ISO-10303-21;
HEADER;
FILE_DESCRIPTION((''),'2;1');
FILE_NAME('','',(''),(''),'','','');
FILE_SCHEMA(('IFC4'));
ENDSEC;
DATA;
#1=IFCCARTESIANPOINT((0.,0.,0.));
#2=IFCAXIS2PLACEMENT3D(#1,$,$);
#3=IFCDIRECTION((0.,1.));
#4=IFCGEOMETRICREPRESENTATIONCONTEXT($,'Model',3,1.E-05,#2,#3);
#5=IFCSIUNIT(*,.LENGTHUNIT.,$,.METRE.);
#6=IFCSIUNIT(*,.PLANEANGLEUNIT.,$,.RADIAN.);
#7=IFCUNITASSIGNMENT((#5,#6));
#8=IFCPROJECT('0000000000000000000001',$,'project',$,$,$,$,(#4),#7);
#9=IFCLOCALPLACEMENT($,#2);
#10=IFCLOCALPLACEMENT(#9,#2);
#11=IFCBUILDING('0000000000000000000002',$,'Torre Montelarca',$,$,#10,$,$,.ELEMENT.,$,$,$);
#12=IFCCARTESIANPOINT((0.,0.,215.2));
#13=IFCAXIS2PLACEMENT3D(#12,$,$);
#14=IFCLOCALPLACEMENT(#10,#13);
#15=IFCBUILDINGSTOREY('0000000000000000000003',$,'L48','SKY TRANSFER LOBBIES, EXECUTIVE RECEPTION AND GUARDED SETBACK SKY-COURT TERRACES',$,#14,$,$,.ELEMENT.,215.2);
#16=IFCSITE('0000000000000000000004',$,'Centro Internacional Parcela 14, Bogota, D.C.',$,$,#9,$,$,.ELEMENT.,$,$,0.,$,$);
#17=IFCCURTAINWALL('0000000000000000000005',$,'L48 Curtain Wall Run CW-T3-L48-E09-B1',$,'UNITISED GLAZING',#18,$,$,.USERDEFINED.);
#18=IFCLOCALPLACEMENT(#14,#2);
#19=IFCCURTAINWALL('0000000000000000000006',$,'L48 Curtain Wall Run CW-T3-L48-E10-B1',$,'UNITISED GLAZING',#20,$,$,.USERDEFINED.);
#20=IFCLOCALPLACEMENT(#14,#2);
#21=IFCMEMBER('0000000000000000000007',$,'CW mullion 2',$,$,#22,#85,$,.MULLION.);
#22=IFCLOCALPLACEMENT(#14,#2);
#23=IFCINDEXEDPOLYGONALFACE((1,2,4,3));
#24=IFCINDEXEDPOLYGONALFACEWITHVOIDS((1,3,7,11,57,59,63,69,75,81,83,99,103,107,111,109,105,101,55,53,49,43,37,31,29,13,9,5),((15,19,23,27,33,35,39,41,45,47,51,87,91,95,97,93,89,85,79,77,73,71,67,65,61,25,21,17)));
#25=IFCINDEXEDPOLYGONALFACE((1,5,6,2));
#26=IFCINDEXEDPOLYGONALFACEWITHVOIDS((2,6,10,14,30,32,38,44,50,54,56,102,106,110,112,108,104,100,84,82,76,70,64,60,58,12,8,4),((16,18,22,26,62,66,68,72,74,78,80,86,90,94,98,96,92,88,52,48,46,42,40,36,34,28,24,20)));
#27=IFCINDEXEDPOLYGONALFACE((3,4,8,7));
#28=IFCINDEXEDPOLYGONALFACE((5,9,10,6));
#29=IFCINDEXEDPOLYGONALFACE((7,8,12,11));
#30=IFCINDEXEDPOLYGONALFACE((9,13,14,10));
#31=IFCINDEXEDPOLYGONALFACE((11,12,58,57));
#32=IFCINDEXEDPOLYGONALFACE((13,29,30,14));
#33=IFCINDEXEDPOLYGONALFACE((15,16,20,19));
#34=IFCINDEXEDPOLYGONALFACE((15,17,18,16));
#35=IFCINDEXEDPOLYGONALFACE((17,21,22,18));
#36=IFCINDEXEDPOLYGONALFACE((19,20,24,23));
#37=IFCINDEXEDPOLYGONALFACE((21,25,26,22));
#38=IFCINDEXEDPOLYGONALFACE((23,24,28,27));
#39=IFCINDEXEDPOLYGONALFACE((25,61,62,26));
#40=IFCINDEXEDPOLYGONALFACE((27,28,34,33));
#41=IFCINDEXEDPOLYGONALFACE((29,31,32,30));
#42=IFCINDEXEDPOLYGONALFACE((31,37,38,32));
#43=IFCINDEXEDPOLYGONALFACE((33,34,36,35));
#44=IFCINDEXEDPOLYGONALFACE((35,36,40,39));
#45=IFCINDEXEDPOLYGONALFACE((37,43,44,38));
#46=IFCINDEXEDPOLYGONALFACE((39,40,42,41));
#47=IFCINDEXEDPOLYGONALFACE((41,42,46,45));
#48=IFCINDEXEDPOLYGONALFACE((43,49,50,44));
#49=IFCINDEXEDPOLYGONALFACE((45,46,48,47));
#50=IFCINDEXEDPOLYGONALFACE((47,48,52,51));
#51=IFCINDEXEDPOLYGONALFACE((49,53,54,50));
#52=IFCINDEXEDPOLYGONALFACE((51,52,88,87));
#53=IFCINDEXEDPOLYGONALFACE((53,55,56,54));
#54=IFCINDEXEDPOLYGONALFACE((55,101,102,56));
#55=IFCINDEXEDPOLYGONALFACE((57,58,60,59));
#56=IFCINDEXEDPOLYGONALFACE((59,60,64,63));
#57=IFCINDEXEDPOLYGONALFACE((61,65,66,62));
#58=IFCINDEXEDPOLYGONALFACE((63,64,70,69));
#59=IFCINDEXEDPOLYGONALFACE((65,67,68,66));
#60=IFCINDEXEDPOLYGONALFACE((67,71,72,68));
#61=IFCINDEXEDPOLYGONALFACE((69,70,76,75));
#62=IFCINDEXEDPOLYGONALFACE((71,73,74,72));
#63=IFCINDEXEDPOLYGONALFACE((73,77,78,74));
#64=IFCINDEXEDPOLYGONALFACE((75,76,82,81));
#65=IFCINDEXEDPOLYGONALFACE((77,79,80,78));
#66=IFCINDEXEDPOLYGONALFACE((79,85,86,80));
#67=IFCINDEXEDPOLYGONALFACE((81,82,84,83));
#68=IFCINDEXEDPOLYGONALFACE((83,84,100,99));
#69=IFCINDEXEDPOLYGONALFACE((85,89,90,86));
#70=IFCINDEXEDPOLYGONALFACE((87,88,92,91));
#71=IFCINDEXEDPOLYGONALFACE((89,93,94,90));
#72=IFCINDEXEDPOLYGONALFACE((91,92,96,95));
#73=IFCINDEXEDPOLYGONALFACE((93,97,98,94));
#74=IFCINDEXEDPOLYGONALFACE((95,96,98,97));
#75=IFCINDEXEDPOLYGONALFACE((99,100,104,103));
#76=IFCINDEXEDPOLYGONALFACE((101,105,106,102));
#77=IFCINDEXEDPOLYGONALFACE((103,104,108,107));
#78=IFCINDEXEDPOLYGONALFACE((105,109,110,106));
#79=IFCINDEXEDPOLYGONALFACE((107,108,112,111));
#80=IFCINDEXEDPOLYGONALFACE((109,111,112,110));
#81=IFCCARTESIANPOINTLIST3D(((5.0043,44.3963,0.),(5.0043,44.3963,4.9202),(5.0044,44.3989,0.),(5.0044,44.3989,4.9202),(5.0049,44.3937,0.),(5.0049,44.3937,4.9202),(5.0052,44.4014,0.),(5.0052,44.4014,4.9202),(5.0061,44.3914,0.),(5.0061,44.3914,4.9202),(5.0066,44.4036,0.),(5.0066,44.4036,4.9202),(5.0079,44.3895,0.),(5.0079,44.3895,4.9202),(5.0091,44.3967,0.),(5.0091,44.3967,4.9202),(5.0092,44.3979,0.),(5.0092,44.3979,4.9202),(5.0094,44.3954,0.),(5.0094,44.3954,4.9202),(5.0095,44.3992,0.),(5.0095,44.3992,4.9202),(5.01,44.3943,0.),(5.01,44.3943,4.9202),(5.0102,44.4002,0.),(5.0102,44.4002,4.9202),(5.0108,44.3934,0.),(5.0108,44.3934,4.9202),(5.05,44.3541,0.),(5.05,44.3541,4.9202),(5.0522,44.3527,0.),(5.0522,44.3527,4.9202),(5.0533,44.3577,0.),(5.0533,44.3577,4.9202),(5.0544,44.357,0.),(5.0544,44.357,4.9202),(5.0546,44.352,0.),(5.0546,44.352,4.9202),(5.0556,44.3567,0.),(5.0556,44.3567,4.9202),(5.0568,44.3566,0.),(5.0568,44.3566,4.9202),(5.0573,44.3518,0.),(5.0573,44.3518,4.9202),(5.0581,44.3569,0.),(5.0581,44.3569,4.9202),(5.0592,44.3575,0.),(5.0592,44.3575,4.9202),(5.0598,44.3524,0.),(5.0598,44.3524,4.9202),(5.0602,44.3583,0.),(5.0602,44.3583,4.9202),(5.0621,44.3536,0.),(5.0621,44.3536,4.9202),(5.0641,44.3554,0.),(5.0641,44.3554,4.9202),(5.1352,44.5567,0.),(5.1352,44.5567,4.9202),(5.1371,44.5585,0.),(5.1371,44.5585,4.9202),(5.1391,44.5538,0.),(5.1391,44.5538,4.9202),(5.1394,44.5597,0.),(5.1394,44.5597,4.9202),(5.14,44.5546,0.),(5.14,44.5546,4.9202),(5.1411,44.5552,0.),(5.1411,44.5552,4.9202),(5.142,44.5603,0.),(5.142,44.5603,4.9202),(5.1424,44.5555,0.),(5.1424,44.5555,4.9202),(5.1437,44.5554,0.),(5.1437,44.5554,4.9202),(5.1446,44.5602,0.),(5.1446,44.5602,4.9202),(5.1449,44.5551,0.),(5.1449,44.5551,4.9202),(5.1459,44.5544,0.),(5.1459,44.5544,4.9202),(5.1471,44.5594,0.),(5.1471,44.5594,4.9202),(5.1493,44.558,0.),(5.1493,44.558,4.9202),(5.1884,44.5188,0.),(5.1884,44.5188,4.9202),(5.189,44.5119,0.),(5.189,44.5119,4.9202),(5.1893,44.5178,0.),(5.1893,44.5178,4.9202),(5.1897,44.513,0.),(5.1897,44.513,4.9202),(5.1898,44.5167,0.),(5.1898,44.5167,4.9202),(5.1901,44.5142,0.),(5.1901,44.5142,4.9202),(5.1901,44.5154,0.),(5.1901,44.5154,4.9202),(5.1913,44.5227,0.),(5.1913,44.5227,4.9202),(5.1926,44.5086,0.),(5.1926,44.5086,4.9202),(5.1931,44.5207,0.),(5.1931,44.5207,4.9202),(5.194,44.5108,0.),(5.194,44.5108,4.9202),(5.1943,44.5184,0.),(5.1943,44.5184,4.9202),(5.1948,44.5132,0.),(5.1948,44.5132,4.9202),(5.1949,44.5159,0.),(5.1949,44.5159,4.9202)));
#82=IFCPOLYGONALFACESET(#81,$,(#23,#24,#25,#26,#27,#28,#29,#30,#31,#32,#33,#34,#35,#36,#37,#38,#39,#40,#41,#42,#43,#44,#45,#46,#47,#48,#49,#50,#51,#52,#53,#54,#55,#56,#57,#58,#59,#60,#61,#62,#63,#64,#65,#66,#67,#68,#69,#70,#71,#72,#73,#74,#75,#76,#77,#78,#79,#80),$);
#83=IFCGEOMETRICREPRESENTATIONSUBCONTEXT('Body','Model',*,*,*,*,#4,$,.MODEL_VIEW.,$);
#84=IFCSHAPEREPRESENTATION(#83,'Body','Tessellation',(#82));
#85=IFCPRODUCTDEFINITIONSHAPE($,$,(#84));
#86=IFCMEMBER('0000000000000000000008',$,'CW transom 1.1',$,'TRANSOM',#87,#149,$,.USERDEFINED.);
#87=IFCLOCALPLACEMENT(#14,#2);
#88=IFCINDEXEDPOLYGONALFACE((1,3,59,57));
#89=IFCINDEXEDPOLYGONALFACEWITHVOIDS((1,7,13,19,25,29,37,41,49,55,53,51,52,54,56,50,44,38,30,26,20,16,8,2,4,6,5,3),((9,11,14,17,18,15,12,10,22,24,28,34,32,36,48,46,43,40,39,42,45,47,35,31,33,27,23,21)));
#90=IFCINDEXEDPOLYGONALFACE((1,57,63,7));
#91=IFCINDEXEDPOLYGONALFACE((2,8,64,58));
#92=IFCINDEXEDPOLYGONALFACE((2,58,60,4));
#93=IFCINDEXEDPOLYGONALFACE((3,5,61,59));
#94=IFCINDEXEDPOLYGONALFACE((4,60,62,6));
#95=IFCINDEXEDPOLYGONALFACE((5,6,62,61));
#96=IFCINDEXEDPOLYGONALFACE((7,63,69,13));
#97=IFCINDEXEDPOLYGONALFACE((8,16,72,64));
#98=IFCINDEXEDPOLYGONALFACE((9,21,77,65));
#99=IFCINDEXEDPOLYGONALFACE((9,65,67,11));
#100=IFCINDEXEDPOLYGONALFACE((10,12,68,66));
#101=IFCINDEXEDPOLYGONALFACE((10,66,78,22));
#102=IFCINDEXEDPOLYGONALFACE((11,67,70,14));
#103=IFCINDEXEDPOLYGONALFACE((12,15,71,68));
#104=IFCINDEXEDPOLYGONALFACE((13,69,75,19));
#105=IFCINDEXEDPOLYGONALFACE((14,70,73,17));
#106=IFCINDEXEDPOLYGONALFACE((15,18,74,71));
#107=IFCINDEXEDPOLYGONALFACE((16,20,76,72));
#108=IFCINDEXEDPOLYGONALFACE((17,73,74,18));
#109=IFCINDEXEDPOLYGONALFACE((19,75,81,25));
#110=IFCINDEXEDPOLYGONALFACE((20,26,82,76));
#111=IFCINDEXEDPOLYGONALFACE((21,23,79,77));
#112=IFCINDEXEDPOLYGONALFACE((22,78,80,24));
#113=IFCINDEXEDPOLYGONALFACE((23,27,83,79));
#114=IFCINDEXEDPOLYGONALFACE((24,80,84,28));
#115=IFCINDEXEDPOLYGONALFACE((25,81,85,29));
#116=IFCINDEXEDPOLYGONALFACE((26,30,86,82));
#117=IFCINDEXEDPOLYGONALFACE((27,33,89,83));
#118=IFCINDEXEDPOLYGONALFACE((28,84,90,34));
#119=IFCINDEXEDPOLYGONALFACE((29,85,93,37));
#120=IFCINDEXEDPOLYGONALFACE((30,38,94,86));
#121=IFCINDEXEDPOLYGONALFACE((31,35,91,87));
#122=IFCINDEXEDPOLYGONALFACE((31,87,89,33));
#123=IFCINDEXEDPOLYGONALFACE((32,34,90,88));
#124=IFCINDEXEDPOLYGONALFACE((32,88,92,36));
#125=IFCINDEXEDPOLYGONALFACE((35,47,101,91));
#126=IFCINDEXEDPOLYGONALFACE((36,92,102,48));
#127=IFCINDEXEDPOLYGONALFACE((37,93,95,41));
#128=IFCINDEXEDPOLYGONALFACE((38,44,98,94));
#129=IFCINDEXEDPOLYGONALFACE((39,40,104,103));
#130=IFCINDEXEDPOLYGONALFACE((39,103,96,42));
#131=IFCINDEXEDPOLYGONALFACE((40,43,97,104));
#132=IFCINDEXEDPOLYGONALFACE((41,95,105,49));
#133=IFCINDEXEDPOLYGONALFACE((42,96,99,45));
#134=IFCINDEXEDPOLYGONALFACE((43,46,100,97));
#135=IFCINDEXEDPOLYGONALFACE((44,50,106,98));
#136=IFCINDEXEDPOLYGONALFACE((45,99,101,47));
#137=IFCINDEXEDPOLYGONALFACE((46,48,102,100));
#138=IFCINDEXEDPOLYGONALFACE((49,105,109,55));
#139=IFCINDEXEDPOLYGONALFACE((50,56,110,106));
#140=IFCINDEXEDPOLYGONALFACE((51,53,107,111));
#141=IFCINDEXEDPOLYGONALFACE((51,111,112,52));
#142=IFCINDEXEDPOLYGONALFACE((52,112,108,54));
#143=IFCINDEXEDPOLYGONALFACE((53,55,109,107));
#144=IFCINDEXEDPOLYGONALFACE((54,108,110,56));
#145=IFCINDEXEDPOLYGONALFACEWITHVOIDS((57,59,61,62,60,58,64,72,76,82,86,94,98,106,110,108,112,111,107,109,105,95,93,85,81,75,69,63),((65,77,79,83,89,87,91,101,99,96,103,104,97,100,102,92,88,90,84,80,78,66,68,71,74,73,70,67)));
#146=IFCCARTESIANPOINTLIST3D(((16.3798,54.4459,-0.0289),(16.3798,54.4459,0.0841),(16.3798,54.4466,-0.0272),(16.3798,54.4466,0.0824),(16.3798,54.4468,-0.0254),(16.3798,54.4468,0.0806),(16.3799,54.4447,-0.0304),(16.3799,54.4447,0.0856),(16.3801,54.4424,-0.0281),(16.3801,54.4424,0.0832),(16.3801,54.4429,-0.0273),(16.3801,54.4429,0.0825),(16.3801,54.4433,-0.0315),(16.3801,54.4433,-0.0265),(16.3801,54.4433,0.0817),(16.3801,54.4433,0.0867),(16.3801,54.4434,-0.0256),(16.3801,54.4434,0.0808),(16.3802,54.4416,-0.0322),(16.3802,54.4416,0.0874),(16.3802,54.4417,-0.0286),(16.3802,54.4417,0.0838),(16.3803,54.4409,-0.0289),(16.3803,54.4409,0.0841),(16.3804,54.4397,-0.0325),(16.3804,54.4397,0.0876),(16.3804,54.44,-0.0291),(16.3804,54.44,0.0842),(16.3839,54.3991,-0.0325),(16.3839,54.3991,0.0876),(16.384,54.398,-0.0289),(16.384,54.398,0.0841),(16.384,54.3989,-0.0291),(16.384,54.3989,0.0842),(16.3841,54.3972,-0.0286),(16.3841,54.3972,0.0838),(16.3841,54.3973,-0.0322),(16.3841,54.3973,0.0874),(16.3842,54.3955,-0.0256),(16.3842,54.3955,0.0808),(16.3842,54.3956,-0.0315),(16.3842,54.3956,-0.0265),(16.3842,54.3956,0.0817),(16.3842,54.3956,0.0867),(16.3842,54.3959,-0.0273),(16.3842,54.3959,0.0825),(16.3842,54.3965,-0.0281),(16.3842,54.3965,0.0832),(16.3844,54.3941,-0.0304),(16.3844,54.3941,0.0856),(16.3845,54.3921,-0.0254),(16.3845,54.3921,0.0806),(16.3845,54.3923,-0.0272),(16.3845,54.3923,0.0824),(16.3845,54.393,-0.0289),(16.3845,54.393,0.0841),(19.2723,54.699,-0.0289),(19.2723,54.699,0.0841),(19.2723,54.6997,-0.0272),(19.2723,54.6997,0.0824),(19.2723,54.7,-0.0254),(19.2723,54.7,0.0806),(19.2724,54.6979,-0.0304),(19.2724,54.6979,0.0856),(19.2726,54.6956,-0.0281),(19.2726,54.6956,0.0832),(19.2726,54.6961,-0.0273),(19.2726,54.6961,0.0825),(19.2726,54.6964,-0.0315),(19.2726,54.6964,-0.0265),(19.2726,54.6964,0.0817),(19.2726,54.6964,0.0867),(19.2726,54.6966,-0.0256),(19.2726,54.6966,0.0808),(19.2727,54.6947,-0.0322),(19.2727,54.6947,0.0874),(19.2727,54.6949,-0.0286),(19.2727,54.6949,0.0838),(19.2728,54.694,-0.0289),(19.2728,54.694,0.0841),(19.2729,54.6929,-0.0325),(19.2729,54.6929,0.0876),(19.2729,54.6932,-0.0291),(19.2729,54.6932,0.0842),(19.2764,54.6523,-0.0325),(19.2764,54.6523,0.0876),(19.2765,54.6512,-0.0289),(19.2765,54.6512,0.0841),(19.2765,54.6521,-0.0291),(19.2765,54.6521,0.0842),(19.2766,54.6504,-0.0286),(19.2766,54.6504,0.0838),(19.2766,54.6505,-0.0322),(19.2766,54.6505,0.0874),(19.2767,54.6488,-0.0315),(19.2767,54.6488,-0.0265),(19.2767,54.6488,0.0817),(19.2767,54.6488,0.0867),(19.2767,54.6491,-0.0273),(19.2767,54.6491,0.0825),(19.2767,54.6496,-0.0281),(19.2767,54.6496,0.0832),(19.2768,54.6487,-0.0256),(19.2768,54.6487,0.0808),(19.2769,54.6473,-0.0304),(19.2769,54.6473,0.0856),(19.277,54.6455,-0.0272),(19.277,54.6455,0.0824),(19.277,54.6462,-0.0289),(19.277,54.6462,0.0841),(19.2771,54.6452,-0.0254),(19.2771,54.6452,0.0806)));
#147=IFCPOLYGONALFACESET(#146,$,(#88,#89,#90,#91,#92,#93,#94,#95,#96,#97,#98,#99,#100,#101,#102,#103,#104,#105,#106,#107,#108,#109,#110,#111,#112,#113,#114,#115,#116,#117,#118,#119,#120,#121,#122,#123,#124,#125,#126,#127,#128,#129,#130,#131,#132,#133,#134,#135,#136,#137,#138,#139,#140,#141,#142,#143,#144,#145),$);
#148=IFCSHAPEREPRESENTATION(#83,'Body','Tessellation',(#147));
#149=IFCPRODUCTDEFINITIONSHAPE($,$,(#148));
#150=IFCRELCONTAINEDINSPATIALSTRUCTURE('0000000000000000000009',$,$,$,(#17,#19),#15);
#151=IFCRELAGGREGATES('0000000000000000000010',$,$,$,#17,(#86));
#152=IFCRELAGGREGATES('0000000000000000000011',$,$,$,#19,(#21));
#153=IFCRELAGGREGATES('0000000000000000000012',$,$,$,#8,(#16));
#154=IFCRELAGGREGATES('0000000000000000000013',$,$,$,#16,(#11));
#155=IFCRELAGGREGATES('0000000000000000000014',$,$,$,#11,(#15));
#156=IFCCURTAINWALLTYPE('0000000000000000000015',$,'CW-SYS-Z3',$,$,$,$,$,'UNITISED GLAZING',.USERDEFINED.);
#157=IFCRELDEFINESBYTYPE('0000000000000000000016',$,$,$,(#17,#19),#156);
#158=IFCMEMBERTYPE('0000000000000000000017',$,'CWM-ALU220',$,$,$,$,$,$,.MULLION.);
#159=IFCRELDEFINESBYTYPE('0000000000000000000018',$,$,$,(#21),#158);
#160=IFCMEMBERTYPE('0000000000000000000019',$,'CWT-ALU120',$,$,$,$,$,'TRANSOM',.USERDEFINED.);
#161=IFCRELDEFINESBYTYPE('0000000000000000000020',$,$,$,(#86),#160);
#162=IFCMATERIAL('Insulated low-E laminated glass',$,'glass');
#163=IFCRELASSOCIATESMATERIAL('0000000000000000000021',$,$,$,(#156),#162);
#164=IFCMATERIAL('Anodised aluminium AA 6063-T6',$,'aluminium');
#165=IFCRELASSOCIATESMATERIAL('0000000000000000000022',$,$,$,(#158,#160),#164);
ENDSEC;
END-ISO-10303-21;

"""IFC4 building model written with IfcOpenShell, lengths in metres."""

from ifc_helpers import new_model, si_unit, direction, frame, origin, origin_2d, place, context, subcontext, project, spatial, hollow_rectangle, extrude, source, transform, mapped, material, material_profile, profile_set, type_object, element, aggregate, save


model = new_model("IFC4")

# Units and contexts
model_context = context("Model", 3, precision=1e-05, world=origin(), true_north=direction((0.0, 1.0)))
body_context = subcontext(model_context, "Body", "Model", "MODEL_VIEW")
ifc_project = project(units=[si_unit("LENGTHUNIT", "METRE"), si_unit("PLANEANGLEUNIT", "RADIAN")], contexts=[model_context])

# Site, building, storey
site_placement = place(None, origin())
site = spatial("IfcSite", under=ifc_project, at=site_placement, Name="Centro Internacional Parcela 14, Bogota, D.C.", CompositionType="ELEMENT", RefElevation=0.0)
building_placement = place(site_placement, origin())
building = spatial("IfcBuilding", under=site, at=building_placement, Name="Torre Montelarca", CompositionType="ELEMENT")
storey_placement = place(building_placement, frame((0.0, 0.0, 215.2)))
storey = spatial("IfcBuildingStorey", under=building, at=storey_placement, Name="L48", Description="SKY TRANSFER LOBBIES, EXECUTIVE RECEPTION AND GUARDED SETBACK SKY-COURT TERRACES", CompositionType="ELEMENT", Elevation=215.2)

# Curtain walls, member
ifc_material_1 = material(Name="Insulated low-E laminated glass", Category="glass")
curtain_wall_type = type_object("IfcCurtainWallType", Name="CW-SYS-Z3", ElementType="UNITISED GLAZING", PredefinedType="USERDEFINED", material=ifc_material_1)
curtain_wall_1_placement = place(storey_placement, origin())
curtain_wall_1 = element("IfcCurtainWall", 1, at=curtain_wall_1_placement, inside=storey, type_object=curtain_wall_type, Name="L48 Curtain Wall Run CW-T3-L48-E09-B1", ObjectType="UNITISED GLAZING", PredefinedType="USERDEFINED")
ifc_material_2 = material(Name="Anodised aluminium AA 6063-T6", Category="aluminium")
ifc_material_profile_1 = material_profile(ifc_material_2, hollow_rectangle(XDim=0.075, YDim=0.22, WallThickness=0.0049, InnerFilletRadius=0.0049, OuterFilletRadius=0.01, at=origin_2d()), Name="ALU75X220X5", Category="aluminium")
ifc_profile_set_1 = profile_set([ifc_material_profile_1], Name="Anodised aluminium AA 6063-T6")
member_type_1 = type_object("IfcMemberType", Name="CWM-ALU220", PredefinedType="MULLION", material=ifc_profile_set_1)
shared_shape_1 = source(origin(), body_context, "Body", "SweptSolid", [
    extrude(hollow_rectangle(XDim=0.075, YDim=0.22, WallThickness=0.0049, InnerFilletRadius=0.0049, OuterFilletRadius=0.01, at=origin_2d()), origin(), (0.0, 0.0, 1.0), 4.9202),
])
curtain_wall_2_placement = place(storey_placement, origin())
curtain_wall_2 = element("IfcCurtainWall", 2, at=curtain_wall_2_placement, inside=storey, type_object=curtain_wall_type, Name="L48 Curtain Wall Run CW-T3-L48-E10-B1", ObjectType="UNITISED GLAZING", PredefinedType="USERDEFINED")
member_1_placement = place(storey_placement, frame((5.0996, 44.4561, 0.0), z_axis=(0.0, 0.0, 1.0), x_axis=(0.766044, -0.642788, 0.0)))
member_1 = element("IfcMember", 3, at=member_1_placement, type_object=member_type_1, Name="CW mullion 2", PredefinedType="MULLION", context=body_context, shape_type="MappedRepresentation", body=[
    mapped(shared_shape_1, transform((0.0, 0.0, 0.0), scale=1.0)),
])

# Member
ifc_material_profile_2 = material_profile(ifc_material_2, hollow_rectangle(XDim=0.0549, YDim=0.1201, WallThickness=0.0034, InnerFilletRadius=0.0034, OuterFilletRadius=0.0071, at=origin_2d()), Name="ALU55X120X3.5", Category="aluminium")
ifc_profile_set_2 = profile_set([ifc_material_profile_2], Name="Anodised aluminium AA 6063-T6")
member_type_2 = type_object("IfcMemberType", Name="CWT-ALU120", ElementType="TRANSOM", PredefinedType="USERDEFINED", material=ifc_profile_set_2)
shared_shape_2 = source(origin(), body_context, "Body", "SweptSolid", [
    extrude(hollow_rectangle(XDim=0.0549, YDim=0.1201, WallThickness=0.0034, InnerFilletRadius=0.0034, OuterFilletRadius=0.0071, at=origin_2d()), origin(), (0.0, 0.0, 1.0), 2.9036),
])
member_2_placement = place(storey_placement, frame((19.2747, 54.6726, 0.0276), z_axis=(-0.996192, -0.087192, 0.0), x_axis=(0.087192, -0.996192, 0.0)))
member_2 = element("IfcMember", 4, at=member_2_placement, type_object=member_type_2, Name="CW transom 1.1", ObjectType="TRANSOM", PredefinedType="USERDEFINED", context=body_context, shape_type="MappedRepresentation", body=[
    mapped(shared_shape_2, transform((0.0, 0.0, 0.0), scale=1.0)),
])

aggregate(curtain_wall_1, [member_2])
aggregate(curtain_wall_2, [member_1])

save(model, "model.ifc")
